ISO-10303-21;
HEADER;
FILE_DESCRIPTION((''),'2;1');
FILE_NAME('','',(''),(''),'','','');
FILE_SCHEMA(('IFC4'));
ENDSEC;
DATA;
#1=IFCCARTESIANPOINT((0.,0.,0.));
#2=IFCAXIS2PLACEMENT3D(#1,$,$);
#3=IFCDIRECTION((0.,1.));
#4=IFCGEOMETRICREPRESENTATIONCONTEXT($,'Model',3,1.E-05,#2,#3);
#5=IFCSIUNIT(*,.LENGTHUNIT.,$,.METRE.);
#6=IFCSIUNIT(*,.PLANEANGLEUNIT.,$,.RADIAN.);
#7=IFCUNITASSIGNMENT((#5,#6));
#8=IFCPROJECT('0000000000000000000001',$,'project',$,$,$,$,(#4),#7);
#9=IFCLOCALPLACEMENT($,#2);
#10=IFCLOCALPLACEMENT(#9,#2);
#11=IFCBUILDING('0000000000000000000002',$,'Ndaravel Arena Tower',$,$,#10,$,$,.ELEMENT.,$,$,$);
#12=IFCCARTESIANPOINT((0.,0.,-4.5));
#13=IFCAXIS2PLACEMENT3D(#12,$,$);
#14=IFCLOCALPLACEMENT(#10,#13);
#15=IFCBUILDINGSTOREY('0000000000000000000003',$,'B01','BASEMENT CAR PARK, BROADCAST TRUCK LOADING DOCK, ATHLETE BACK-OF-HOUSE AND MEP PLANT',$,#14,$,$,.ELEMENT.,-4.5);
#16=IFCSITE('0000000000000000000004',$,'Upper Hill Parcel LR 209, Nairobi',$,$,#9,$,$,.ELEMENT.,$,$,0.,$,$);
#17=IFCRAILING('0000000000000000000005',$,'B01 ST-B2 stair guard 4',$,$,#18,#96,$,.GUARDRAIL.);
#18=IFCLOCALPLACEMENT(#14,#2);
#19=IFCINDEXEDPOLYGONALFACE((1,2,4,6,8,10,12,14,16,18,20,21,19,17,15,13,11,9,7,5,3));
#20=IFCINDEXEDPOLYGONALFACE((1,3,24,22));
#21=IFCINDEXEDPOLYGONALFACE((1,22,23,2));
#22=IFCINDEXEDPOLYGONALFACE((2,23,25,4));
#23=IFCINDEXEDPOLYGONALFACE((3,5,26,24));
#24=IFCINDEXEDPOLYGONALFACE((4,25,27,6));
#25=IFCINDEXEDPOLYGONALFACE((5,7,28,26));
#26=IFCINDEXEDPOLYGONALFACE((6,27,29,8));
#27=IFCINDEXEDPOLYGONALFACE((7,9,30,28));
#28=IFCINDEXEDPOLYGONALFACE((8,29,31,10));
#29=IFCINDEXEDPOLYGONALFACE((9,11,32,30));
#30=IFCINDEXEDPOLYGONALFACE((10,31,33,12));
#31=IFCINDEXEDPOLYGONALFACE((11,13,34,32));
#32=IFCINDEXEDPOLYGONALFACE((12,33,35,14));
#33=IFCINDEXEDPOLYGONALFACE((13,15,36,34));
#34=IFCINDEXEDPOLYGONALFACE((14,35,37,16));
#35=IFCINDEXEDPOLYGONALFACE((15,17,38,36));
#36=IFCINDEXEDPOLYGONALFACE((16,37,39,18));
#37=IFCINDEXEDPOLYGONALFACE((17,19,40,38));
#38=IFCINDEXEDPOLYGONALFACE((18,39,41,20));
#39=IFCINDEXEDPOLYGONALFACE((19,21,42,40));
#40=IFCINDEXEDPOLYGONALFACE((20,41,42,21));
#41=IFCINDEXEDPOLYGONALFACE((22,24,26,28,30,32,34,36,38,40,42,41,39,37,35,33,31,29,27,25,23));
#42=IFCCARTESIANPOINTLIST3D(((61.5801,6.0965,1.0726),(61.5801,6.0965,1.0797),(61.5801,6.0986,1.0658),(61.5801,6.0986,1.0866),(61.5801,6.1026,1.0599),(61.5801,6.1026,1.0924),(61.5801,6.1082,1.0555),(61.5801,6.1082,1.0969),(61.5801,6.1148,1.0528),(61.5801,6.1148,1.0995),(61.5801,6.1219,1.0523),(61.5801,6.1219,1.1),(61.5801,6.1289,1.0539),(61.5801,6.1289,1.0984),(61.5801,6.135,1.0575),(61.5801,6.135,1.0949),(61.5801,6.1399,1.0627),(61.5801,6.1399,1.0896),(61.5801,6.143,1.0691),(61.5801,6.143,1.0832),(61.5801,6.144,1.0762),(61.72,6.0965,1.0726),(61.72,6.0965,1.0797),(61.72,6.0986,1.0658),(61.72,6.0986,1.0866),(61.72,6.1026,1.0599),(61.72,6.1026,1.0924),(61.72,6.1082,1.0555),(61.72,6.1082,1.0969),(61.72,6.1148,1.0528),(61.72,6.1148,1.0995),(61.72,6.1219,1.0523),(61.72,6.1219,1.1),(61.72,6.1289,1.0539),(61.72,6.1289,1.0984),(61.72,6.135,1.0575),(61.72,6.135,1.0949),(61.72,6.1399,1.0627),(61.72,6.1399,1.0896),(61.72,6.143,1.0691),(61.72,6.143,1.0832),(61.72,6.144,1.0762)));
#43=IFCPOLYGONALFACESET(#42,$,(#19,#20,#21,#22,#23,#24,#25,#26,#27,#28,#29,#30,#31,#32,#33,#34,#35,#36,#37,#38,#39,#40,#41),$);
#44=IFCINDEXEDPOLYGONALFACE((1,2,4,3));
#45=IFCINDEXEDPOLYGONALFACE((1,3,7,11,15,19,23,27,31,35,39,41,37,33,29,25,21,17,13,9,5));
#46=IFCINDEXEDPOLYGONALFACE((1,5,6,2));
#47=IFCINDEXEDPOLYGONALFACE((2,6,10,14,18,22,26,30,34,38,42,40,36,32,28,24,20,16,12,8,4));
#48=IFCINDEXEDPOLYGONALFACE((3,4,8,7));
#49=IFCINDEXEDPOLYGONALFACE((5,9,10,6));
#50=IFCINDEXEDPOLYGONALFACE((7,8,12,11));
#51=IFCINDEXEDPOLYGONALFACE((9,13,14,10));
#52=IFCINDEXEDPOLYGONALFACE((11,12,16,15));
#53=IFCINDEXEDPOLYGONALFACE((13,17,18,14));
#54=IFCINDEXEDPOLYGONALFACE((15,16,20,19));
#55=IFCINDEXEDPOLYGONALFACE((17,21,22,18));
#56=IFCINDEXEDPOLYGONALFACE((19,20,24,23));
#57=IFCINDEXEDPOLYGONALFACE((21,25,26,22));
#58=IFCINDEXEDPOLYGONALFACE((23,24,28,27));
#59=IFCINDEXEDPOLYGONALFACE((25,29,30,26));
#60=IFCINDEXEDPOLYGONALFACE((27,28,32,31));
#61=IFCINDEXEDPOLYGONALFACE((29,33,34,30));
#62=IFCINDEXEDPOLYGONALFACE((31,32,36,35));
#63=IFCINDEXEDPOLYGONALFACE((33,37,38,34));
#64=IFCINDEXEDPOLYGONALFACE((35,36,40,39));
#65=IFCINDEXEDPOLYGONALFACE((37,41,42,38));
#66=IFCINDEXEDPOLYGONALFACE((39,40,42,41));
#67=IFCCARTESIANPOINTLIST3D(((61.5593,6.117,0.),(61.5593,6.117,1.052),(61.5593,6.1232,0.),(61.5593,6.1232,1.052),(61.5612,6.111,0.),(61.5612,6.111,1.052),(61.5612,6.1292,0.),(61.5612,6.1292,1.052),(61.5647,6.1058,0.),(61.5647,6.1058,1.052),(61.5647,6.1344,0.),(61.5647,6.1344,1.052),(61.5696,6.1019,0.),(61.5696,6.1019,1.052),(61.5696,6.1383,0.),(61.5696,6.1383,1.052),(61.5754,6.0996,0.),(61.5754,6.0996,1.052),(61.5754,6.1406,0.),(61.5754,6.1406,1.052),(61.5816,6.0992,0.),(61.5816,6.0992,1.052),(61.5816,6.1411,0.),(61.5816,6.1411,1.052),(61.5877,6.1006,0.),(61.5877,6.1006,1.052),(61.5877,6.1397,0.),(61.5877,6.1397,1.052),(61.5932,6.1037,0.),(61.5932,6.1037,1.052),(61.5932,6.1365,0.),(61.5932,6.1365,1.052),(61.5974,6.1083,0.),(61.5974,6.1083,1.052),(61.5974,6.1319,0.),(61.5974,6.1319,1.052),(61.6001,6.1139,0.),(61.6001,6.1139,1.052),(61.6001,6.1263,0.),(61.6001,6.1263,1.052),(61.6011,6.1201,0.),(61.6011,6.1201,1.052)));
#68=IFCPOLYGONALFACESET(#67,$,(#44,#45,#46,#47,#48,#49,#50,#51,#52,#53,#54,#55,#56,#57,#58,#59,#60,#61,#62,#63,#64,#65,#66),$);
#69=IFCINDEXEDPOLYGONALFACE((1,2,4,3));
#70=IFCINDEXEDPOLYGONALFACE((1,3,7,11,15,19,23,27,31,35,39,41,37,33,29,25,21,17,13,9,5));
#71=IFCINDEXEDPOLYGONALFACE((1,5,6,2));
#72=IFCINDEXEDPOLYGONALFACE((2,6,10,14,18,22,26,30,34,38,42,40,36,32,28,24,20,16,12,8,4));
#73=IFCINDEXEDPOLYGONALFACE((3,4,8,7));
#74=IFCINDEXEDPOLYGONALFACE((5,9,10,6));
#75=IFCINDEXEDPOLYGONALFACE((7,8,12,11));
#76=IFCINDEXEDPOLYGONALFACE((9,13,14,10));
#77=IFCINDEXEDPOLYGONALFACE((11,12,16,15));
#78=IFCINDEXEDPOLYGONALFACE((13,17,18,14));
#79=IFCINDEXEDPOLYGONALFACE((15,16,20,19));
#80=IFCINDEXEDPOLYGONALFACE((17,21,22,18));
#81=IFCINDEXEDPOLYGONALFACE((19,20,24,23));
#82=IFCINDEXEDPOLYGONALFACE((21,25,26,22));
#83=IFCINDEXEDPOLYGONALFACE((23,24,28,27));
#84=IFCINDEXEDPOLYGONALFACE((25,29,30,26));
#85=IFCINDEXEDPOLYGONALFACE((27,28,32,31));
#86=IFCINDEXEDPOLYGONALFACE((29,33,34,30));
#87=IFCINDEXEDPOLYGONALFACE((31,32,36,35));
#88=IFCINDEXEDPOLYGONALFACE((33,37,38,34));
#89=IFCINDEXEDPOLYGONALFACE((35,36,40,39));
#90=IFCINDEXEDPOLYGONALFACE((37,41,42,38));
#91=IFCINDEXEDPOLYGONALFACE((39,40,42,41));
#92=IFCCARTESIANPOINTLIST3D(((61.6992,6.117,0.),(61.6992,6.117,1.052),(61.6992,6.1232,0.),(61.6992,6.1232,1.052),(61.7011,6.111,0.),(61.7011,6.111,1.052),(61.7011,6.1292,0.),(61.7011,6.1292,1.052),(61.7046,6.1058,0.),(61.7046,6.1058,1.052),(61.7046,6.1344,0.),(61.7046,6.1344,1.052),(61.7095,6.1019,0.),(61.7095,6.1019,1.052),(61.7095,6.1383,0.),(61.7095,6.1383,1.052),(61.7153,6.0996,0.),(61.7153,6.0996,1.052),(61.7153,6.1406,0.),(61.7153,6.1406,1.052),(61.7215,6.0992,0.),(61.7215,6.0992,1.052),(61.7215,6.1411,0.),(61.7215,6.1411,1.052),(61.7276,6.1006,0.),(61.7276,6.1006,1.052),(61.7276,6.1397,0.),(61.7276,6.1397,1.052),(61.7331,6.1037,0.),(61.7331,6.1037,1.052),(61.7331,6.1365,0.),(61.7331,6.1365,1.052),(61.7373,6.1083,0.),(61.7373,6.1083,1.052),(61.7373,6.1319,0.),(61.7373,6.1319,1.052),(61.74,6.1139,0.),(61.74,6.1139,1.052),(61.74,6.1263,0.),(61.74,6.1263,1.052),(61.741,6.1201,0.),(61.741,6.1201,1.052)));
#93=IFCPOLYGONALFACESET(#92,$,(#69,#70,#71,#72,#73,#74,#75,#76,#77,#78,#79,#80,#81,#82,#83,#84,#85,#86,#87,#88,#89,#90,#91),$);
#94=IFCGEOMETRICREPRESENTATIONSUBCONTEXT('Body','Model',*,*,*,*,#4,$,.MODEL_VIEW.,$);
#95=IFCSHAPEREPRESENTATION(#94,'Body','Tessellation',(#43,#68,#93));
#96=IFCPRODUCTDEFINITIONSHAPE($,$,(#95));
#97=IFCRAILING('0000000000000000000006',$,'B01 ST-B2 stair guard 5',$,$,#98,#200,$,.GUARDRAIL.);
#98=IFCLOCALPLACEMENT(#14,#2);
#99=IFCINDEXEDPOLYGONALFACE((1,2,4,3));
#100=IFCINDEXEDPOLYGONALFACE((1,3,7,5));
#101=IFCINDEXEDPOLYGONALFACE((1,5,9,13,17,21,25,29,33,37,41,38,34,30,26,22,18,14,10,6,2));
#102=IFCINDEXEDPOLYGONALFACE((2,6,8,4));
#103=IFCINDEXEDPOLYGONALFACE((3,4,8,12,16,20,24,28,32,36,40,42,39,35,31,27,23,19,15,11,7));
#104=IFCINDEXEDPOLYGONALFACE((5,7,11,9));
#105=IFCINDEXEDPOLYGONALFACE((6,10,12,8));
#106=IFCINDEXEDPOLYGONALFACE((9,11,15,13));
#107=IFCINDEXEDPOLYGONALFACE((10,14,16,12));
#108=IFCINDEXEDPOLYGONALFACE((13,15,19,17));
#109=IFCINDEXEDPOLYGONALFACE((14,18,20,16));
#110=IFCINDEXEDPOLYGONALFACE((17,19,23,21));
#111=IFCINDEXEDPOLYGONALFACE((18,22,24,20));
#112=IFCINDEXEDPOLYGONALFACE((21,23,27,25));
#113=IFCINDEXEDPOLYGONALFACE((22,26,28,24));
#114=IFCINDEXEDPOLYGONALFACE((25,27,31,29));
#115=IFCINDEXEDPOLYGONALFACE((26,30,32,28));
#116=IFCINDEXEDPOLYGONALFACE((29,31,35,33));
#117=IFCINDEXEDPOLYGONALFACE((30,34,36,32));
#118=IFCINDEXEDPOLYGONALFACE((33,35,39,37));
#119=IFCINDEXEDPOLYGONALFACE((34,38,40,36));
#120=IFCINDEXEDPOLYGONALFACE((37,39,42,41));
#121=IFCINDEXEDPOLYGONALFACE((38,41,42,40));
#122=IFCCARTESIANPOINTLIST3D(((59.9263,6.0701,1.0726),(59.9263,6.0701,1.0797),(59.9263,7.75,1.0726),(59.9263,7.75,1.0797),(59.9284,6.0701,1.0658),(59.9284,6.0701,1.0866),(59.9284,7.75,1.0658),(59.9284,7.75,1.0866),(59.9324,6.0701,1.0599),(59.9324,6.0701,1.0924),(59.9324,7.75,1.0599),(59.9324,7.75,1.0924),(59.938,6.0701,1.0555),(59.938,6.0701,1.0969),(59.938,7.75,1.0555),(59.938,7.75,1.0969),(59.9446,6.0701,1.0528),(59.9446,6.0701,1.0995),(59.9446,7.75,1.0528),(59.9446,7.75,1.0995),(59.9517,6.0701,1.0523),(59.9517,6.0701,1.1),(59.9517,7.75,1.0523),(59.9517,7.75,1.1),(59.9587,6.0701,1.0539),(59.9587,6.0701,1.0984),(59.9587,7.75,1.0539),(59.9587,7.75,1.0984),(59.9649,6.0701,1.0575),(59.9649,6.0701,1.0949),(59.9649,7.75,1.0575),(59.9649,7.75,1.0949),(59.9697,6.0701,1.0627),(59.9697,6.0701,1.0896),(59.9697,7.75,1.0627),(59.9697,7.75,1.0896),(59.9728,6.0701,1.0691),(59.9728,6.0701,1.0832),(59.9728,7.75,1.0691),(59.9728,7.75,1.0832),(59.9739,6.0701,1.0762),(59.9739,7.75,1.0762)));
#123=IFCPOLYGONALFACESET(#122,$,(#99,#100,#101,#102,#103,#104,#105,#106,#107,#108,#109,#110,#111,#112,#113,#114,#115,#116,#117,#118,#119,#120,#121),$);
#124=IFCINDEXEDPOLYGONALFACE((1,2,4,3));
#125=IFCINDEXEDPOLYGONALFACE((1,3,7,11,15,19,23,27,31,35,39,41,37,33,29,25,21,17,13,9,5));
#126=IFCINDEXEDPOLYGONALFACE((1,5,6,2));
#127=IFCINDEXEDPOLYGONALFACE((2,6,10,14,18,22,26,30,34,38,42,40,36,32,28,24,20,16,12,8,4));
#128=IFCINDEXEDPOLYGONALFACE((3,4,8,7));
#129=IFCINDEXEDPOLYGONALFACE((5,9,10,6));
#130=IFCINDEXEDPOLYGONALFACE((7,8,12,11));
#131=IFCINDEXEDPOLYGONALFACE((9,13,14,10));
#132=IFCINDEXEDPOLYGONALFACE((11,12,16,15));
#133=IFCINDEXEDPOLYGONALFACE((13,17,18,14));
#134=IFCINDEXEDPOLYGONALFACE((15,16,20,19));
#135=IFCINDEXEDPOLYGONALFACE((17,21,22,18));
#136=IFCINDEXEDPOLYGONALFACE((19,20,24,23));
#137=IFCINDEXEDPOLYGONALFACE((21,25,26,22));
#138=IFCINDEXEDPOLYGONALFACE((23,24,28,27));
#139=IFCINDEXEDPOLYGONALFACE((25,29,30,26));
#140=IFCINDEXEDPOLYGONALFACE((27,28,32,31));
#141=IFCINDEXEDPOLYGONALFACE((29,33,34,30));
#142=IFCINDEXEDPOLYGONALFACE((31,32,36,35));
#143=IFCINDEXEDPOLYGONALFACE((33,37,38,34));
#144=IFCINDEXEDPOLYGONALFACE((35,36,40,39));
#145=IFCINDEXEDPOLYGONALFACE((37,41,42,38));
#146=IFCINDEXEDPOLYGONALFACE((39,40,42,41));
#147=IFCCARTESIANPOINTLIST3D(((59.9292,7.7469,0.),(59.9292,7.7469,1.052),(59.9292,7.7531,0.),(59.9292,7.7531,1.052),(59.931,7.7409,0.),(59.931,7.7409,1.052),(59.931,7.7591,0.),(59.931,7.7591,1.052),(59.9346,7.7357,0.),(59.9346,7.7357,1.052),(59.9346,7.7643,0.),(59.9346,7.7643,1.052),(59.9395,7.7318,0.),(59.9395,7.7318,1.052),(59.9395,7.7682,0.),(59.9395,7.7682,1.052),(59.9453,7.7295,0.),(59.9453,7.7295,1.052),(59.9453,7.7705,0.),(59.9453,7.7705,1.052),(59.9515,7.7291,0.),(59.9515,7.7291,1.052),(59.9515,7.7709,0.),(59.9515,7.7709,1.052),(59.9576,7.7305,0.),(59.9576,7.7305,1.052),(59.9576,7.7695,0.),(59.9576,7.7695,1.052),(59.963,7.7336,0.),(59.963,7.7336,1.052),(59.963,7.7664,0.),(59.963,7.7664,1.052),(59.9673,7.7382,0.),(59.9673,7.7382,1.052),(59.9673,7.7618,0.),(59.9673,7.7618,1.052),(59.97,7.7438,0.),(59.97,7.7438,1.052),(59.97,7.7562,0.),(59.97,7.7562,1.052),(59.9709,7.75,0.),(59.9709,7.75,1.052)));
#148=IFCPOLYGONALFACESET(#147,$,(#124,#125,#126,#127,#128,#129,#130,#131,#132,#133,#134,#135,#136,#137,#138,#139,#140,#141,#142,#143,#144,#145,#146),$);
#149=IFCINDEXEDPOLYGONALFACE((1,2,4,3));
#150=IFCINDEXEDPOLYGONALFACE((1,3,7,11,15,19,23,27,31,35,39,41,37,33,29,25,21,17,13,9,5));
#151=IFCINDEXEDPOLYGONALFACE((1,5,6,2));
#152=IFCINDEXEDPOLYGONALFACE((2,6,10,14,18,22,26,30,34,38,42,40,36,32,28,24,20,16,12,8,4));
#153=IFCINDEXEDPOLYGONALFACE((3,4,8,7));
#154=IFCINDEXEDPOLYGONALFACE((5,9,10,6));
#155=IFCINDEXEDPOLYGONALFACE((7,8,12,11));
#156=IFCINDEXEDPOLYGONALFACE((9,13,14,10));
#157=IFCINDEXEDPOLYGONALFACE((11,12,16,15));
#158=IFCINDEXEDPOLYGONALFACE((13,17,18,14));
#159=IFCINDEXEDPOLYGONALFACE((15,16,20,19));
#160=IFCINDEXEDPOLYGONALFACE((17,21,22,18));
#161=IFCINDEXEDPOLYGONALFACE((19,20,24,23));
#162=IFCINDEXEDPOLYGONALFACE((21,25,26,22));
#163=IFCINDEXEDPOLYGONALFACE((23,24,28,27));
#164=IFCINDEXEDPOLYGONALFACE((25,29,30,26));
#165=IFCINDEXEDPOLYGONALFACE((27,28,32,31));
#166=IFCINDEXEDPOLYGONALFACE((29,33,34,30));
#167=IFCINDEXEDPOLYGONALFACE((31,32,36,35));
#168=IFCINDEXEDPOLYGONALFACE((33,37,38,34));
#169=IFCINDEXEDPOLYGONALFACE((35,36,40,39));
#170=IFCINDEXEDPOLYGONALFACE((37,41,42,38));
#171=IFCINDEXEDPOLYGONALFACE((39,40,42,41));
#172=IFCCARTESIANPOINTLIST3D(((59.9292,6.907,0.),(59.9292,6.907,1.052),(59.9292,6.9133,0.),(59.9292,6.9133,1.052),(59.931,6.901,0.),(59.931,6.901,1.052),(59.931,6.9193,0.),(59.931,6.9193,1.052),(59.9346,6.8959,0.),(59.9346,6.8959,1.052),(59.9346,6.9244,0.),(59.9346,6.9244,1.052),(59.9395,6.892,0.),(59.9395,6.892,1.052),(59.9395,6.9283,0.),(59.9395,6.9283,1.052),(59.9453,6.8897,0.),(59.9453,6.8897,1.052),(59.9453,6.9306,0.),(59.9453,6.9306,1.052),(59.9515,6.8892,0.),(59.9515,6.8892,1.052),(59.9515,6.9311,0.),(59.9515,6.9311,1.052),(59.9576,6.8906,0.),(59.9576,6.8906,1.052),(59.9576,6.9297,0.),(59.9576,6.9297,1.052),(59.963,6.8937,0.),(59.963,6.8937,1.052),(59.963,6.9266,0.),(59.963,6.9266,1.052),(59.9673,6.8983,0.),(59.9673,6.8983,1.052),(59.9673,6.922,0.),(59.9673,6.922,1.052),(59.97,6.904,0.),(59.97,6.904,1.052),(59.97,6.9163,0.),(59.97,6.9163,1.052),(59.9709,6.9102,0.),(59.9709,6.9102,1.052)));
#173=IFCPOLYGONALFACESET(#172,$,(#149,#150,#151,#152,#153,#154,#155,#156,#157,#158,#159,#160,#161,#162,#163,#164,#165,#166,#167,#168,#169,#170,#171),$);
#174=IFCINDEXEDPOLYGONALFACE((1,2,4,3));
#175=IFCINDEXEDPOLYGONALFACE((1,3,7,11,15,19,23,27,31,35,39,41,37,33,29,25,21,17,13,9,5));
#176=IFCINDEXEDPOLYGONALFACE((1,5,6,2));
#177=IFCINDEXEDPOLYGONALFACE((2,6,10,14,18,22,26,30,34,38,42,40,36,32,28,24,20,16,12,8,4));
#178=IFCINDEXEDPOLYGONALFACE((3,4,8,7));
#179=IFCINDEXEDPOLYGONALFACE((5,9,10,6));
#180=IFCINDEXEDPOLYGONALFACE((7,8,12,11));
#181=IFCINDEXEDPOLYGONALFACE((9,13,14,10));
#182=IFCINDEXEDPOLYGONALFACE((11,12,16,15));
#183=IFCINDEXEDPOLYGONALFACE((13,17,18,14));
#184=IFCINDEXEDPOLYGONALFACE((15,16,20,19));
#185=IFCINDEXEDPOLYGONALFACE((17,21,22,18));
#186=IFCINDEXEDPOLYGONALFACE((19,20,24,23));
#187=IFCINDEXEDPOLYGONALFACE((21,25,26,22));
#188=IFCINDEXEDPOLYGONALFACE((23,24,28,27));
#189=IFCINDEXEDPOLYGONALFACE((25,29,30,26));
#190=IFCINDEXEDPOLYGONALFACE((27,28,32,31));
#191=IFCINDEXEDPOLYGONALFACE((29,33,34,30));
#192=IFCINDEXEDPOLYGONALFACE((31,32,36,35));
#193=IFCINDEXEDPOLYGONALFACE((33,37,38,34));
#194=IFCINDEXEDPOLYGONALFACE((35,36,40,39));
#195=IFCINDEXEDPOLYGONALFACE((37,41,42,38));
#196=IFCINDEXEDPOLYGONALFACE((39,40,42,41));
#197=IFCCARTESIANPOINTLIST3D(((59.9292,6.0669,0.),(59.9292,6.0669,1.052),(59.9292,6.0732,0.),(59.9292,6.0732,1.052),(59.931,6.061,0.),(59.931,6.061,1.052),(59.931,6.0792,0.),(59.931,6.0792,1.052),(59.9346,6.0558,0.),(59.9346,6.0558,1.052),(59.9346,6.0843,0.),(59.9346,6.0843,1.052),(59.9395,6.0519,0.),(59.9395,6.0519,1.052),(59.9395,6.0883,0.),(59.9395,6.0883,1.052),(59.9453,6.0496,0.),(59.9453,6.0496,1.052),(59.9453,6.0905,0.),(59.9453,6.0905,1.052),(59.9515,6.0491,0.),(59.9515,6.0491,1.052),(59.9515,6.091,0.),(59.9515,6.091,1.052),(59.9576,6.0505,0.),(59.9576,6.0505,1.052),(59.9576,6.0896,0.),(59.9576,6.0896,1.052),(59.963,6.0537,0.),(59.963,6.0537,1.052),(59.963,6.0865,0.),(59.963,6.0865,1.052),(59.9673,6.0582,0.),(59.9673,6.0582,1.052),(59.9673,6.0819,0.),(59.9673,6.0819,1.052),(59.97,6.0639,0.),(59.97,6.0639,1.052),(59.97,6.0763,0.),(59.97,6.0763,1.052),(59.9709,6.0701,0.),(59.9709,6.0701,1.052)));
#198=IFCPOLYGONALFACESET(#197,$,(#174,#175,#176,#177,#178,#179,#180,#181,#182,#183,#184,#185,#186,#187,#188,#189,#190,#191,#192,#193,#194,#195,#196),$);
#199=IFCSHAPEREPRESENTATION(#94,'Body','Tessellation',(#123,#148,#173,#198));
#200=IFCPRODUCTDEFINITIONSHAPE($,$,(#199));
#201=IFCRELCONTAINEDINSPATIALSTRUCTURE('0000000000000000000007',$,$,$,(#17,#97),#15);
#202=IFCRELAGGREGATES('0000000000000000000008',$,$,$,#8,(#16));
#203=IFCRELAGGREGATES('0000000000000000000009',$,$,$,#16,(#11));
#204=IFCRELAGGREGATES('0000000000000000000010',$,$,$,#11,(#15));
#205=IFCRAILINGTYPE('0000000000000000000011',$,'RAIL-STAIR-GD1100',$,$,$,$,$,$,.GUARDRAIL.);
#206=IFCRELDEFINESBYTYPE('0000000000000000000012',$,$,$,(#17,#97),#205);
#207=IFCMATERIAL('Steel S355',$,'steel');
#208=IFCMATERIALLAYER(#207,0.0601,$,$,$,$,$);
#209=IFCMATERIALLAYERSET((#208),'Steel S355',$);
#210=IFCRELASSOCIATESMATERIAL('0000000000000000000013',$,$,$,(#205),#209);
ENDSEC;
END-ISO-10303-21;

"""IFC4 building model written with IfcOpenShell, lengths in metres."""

from ifc_helpers import new_model, si_unit, direction, frame, origin, origin_2d, place, context, subcontext, project, spatial, circle, extrude, material, layer, layer_set, type_object, element, save


model = new_model("IFC4")

# Units and contexts
model_context = context("Model", 3, precision=1e-05, world=origin(), true_north=direction((0.0, 1.0)))
body_context = subcontext(model_context, "Body", "Model", "MODEL_VIEW")
ifc_project = project(units=[si_unit("LENGTHUNIT", "METRE"), si_unit("PLANEANGLEUNIT", "RADIAN")], contexts=[model_context])

# Site, building, storey
site_placement = place(None, origin())
site = spatial("IfcSite", under=ifc_project, at=site_placement, Name="Upper Hill Parcel LR 209, Nairobi", CompositionType="ELEMENT", RefElevation=0.0)
building_placement = place(site_placement, origin())
building = spatial("IfcBuilding", under=site, at=building_placement, Name="Ndaravel Arena Tower", CompositionType="ELEMENT")
storey_placement = place(building_placement, frame((0.0, 0.0, -4.5)))
storey = spatial("IfcBuildingStorey", under=building, at=storey_placement, Name="B01", Description="BASEMENT CAR PARK, BROADCAST TRUCK LOADING DOCK, ATHLETE BACK-OF-HOUSE AND MEP PLANT", CompositionType="ELEMENT", Elevation=-4.5)

# Railings
ifc_material_1 = material(Name="Steel S355", Category="steel")
ifc_layer_1 = layer(ifc_material_1, 0.0601)
ifc_layer_set_1 = layer_set([ifc_layer_1], Name="Steel S355")
railing_type_1 = type_object("IfcRailingType", Name="RAIL-STAIR-GD1100", PredefinedType="GUARDRAIL", material=ifc_layer_set_1)
railing_1_placement = place(storey_placement, frame((61.5801, 6.1201, 0.0)))
element("IfcRailing", 1, at=railing_1_placement, inside=storey, type_object=railing_type_1, Name="B01 ST-B2 stair guard 4", PredefinedType="GUARDRAIL", context=body_context, shape_type="SweptSolid", body=[
    extrude(circle(Radius=0.0239, at=origin_2d()), frame((0.0, 0.0, 1.0762), z_axis=(1.0, 0.0, 0.0), x_axis=(0.0, 1.0, 0.0)), (0.0, 0.0, 1.0), 0.1399),
    extrude(circle(Radius=0.021, at=origin_2d()), origin(), (0.0, 0.0, 1.0), 1.052),
    extrude(circle(Radius=0.021, at=origin_2d()), frame((0.1399, 0.0, 0.0)), (0.0, 0.0, 1.0), 1.052),
])
for number, where, name in (
    (2, (59.95, 7.75, 0.0), "B01 ST-B2 stair guard 5"),
):
    element("IfcRailing", number, at=place(storey_placement, frame(where)), inside=storey, type_object=railing_type_1, Name=name, PredefinedType="GUARDRAIL", context=body_context, shape_type="SweptSolid", body=[
        extrude(circle(Radius=0.0239, at=origin_2d()), frame((0.0, 0.0, 1.0762), z_axis=(0.0, -1.0, 0.0), x_axis=(1.0, 0.0, 0.0)), (0.0, 0.0, 1.0), 1.6799),
        extrude(circle(Radius=0.021, at=origin_2d()), origin(), (0.0, 0.0, 1.0), 1.052),
        extrude(circle(Radius=0.021, at=origin_2d()), frame((0.0, -0.8398, 0.0)), (0.0, 0.0, 1.0), 1.052),
        extrude(circle(Radius=0.021, at=origin_2d()), frame((0.0, -1.6799, 0.0)), (0.0, 0.0, 1.0), 1.052),
    ])

save(model, "model.ifc")
